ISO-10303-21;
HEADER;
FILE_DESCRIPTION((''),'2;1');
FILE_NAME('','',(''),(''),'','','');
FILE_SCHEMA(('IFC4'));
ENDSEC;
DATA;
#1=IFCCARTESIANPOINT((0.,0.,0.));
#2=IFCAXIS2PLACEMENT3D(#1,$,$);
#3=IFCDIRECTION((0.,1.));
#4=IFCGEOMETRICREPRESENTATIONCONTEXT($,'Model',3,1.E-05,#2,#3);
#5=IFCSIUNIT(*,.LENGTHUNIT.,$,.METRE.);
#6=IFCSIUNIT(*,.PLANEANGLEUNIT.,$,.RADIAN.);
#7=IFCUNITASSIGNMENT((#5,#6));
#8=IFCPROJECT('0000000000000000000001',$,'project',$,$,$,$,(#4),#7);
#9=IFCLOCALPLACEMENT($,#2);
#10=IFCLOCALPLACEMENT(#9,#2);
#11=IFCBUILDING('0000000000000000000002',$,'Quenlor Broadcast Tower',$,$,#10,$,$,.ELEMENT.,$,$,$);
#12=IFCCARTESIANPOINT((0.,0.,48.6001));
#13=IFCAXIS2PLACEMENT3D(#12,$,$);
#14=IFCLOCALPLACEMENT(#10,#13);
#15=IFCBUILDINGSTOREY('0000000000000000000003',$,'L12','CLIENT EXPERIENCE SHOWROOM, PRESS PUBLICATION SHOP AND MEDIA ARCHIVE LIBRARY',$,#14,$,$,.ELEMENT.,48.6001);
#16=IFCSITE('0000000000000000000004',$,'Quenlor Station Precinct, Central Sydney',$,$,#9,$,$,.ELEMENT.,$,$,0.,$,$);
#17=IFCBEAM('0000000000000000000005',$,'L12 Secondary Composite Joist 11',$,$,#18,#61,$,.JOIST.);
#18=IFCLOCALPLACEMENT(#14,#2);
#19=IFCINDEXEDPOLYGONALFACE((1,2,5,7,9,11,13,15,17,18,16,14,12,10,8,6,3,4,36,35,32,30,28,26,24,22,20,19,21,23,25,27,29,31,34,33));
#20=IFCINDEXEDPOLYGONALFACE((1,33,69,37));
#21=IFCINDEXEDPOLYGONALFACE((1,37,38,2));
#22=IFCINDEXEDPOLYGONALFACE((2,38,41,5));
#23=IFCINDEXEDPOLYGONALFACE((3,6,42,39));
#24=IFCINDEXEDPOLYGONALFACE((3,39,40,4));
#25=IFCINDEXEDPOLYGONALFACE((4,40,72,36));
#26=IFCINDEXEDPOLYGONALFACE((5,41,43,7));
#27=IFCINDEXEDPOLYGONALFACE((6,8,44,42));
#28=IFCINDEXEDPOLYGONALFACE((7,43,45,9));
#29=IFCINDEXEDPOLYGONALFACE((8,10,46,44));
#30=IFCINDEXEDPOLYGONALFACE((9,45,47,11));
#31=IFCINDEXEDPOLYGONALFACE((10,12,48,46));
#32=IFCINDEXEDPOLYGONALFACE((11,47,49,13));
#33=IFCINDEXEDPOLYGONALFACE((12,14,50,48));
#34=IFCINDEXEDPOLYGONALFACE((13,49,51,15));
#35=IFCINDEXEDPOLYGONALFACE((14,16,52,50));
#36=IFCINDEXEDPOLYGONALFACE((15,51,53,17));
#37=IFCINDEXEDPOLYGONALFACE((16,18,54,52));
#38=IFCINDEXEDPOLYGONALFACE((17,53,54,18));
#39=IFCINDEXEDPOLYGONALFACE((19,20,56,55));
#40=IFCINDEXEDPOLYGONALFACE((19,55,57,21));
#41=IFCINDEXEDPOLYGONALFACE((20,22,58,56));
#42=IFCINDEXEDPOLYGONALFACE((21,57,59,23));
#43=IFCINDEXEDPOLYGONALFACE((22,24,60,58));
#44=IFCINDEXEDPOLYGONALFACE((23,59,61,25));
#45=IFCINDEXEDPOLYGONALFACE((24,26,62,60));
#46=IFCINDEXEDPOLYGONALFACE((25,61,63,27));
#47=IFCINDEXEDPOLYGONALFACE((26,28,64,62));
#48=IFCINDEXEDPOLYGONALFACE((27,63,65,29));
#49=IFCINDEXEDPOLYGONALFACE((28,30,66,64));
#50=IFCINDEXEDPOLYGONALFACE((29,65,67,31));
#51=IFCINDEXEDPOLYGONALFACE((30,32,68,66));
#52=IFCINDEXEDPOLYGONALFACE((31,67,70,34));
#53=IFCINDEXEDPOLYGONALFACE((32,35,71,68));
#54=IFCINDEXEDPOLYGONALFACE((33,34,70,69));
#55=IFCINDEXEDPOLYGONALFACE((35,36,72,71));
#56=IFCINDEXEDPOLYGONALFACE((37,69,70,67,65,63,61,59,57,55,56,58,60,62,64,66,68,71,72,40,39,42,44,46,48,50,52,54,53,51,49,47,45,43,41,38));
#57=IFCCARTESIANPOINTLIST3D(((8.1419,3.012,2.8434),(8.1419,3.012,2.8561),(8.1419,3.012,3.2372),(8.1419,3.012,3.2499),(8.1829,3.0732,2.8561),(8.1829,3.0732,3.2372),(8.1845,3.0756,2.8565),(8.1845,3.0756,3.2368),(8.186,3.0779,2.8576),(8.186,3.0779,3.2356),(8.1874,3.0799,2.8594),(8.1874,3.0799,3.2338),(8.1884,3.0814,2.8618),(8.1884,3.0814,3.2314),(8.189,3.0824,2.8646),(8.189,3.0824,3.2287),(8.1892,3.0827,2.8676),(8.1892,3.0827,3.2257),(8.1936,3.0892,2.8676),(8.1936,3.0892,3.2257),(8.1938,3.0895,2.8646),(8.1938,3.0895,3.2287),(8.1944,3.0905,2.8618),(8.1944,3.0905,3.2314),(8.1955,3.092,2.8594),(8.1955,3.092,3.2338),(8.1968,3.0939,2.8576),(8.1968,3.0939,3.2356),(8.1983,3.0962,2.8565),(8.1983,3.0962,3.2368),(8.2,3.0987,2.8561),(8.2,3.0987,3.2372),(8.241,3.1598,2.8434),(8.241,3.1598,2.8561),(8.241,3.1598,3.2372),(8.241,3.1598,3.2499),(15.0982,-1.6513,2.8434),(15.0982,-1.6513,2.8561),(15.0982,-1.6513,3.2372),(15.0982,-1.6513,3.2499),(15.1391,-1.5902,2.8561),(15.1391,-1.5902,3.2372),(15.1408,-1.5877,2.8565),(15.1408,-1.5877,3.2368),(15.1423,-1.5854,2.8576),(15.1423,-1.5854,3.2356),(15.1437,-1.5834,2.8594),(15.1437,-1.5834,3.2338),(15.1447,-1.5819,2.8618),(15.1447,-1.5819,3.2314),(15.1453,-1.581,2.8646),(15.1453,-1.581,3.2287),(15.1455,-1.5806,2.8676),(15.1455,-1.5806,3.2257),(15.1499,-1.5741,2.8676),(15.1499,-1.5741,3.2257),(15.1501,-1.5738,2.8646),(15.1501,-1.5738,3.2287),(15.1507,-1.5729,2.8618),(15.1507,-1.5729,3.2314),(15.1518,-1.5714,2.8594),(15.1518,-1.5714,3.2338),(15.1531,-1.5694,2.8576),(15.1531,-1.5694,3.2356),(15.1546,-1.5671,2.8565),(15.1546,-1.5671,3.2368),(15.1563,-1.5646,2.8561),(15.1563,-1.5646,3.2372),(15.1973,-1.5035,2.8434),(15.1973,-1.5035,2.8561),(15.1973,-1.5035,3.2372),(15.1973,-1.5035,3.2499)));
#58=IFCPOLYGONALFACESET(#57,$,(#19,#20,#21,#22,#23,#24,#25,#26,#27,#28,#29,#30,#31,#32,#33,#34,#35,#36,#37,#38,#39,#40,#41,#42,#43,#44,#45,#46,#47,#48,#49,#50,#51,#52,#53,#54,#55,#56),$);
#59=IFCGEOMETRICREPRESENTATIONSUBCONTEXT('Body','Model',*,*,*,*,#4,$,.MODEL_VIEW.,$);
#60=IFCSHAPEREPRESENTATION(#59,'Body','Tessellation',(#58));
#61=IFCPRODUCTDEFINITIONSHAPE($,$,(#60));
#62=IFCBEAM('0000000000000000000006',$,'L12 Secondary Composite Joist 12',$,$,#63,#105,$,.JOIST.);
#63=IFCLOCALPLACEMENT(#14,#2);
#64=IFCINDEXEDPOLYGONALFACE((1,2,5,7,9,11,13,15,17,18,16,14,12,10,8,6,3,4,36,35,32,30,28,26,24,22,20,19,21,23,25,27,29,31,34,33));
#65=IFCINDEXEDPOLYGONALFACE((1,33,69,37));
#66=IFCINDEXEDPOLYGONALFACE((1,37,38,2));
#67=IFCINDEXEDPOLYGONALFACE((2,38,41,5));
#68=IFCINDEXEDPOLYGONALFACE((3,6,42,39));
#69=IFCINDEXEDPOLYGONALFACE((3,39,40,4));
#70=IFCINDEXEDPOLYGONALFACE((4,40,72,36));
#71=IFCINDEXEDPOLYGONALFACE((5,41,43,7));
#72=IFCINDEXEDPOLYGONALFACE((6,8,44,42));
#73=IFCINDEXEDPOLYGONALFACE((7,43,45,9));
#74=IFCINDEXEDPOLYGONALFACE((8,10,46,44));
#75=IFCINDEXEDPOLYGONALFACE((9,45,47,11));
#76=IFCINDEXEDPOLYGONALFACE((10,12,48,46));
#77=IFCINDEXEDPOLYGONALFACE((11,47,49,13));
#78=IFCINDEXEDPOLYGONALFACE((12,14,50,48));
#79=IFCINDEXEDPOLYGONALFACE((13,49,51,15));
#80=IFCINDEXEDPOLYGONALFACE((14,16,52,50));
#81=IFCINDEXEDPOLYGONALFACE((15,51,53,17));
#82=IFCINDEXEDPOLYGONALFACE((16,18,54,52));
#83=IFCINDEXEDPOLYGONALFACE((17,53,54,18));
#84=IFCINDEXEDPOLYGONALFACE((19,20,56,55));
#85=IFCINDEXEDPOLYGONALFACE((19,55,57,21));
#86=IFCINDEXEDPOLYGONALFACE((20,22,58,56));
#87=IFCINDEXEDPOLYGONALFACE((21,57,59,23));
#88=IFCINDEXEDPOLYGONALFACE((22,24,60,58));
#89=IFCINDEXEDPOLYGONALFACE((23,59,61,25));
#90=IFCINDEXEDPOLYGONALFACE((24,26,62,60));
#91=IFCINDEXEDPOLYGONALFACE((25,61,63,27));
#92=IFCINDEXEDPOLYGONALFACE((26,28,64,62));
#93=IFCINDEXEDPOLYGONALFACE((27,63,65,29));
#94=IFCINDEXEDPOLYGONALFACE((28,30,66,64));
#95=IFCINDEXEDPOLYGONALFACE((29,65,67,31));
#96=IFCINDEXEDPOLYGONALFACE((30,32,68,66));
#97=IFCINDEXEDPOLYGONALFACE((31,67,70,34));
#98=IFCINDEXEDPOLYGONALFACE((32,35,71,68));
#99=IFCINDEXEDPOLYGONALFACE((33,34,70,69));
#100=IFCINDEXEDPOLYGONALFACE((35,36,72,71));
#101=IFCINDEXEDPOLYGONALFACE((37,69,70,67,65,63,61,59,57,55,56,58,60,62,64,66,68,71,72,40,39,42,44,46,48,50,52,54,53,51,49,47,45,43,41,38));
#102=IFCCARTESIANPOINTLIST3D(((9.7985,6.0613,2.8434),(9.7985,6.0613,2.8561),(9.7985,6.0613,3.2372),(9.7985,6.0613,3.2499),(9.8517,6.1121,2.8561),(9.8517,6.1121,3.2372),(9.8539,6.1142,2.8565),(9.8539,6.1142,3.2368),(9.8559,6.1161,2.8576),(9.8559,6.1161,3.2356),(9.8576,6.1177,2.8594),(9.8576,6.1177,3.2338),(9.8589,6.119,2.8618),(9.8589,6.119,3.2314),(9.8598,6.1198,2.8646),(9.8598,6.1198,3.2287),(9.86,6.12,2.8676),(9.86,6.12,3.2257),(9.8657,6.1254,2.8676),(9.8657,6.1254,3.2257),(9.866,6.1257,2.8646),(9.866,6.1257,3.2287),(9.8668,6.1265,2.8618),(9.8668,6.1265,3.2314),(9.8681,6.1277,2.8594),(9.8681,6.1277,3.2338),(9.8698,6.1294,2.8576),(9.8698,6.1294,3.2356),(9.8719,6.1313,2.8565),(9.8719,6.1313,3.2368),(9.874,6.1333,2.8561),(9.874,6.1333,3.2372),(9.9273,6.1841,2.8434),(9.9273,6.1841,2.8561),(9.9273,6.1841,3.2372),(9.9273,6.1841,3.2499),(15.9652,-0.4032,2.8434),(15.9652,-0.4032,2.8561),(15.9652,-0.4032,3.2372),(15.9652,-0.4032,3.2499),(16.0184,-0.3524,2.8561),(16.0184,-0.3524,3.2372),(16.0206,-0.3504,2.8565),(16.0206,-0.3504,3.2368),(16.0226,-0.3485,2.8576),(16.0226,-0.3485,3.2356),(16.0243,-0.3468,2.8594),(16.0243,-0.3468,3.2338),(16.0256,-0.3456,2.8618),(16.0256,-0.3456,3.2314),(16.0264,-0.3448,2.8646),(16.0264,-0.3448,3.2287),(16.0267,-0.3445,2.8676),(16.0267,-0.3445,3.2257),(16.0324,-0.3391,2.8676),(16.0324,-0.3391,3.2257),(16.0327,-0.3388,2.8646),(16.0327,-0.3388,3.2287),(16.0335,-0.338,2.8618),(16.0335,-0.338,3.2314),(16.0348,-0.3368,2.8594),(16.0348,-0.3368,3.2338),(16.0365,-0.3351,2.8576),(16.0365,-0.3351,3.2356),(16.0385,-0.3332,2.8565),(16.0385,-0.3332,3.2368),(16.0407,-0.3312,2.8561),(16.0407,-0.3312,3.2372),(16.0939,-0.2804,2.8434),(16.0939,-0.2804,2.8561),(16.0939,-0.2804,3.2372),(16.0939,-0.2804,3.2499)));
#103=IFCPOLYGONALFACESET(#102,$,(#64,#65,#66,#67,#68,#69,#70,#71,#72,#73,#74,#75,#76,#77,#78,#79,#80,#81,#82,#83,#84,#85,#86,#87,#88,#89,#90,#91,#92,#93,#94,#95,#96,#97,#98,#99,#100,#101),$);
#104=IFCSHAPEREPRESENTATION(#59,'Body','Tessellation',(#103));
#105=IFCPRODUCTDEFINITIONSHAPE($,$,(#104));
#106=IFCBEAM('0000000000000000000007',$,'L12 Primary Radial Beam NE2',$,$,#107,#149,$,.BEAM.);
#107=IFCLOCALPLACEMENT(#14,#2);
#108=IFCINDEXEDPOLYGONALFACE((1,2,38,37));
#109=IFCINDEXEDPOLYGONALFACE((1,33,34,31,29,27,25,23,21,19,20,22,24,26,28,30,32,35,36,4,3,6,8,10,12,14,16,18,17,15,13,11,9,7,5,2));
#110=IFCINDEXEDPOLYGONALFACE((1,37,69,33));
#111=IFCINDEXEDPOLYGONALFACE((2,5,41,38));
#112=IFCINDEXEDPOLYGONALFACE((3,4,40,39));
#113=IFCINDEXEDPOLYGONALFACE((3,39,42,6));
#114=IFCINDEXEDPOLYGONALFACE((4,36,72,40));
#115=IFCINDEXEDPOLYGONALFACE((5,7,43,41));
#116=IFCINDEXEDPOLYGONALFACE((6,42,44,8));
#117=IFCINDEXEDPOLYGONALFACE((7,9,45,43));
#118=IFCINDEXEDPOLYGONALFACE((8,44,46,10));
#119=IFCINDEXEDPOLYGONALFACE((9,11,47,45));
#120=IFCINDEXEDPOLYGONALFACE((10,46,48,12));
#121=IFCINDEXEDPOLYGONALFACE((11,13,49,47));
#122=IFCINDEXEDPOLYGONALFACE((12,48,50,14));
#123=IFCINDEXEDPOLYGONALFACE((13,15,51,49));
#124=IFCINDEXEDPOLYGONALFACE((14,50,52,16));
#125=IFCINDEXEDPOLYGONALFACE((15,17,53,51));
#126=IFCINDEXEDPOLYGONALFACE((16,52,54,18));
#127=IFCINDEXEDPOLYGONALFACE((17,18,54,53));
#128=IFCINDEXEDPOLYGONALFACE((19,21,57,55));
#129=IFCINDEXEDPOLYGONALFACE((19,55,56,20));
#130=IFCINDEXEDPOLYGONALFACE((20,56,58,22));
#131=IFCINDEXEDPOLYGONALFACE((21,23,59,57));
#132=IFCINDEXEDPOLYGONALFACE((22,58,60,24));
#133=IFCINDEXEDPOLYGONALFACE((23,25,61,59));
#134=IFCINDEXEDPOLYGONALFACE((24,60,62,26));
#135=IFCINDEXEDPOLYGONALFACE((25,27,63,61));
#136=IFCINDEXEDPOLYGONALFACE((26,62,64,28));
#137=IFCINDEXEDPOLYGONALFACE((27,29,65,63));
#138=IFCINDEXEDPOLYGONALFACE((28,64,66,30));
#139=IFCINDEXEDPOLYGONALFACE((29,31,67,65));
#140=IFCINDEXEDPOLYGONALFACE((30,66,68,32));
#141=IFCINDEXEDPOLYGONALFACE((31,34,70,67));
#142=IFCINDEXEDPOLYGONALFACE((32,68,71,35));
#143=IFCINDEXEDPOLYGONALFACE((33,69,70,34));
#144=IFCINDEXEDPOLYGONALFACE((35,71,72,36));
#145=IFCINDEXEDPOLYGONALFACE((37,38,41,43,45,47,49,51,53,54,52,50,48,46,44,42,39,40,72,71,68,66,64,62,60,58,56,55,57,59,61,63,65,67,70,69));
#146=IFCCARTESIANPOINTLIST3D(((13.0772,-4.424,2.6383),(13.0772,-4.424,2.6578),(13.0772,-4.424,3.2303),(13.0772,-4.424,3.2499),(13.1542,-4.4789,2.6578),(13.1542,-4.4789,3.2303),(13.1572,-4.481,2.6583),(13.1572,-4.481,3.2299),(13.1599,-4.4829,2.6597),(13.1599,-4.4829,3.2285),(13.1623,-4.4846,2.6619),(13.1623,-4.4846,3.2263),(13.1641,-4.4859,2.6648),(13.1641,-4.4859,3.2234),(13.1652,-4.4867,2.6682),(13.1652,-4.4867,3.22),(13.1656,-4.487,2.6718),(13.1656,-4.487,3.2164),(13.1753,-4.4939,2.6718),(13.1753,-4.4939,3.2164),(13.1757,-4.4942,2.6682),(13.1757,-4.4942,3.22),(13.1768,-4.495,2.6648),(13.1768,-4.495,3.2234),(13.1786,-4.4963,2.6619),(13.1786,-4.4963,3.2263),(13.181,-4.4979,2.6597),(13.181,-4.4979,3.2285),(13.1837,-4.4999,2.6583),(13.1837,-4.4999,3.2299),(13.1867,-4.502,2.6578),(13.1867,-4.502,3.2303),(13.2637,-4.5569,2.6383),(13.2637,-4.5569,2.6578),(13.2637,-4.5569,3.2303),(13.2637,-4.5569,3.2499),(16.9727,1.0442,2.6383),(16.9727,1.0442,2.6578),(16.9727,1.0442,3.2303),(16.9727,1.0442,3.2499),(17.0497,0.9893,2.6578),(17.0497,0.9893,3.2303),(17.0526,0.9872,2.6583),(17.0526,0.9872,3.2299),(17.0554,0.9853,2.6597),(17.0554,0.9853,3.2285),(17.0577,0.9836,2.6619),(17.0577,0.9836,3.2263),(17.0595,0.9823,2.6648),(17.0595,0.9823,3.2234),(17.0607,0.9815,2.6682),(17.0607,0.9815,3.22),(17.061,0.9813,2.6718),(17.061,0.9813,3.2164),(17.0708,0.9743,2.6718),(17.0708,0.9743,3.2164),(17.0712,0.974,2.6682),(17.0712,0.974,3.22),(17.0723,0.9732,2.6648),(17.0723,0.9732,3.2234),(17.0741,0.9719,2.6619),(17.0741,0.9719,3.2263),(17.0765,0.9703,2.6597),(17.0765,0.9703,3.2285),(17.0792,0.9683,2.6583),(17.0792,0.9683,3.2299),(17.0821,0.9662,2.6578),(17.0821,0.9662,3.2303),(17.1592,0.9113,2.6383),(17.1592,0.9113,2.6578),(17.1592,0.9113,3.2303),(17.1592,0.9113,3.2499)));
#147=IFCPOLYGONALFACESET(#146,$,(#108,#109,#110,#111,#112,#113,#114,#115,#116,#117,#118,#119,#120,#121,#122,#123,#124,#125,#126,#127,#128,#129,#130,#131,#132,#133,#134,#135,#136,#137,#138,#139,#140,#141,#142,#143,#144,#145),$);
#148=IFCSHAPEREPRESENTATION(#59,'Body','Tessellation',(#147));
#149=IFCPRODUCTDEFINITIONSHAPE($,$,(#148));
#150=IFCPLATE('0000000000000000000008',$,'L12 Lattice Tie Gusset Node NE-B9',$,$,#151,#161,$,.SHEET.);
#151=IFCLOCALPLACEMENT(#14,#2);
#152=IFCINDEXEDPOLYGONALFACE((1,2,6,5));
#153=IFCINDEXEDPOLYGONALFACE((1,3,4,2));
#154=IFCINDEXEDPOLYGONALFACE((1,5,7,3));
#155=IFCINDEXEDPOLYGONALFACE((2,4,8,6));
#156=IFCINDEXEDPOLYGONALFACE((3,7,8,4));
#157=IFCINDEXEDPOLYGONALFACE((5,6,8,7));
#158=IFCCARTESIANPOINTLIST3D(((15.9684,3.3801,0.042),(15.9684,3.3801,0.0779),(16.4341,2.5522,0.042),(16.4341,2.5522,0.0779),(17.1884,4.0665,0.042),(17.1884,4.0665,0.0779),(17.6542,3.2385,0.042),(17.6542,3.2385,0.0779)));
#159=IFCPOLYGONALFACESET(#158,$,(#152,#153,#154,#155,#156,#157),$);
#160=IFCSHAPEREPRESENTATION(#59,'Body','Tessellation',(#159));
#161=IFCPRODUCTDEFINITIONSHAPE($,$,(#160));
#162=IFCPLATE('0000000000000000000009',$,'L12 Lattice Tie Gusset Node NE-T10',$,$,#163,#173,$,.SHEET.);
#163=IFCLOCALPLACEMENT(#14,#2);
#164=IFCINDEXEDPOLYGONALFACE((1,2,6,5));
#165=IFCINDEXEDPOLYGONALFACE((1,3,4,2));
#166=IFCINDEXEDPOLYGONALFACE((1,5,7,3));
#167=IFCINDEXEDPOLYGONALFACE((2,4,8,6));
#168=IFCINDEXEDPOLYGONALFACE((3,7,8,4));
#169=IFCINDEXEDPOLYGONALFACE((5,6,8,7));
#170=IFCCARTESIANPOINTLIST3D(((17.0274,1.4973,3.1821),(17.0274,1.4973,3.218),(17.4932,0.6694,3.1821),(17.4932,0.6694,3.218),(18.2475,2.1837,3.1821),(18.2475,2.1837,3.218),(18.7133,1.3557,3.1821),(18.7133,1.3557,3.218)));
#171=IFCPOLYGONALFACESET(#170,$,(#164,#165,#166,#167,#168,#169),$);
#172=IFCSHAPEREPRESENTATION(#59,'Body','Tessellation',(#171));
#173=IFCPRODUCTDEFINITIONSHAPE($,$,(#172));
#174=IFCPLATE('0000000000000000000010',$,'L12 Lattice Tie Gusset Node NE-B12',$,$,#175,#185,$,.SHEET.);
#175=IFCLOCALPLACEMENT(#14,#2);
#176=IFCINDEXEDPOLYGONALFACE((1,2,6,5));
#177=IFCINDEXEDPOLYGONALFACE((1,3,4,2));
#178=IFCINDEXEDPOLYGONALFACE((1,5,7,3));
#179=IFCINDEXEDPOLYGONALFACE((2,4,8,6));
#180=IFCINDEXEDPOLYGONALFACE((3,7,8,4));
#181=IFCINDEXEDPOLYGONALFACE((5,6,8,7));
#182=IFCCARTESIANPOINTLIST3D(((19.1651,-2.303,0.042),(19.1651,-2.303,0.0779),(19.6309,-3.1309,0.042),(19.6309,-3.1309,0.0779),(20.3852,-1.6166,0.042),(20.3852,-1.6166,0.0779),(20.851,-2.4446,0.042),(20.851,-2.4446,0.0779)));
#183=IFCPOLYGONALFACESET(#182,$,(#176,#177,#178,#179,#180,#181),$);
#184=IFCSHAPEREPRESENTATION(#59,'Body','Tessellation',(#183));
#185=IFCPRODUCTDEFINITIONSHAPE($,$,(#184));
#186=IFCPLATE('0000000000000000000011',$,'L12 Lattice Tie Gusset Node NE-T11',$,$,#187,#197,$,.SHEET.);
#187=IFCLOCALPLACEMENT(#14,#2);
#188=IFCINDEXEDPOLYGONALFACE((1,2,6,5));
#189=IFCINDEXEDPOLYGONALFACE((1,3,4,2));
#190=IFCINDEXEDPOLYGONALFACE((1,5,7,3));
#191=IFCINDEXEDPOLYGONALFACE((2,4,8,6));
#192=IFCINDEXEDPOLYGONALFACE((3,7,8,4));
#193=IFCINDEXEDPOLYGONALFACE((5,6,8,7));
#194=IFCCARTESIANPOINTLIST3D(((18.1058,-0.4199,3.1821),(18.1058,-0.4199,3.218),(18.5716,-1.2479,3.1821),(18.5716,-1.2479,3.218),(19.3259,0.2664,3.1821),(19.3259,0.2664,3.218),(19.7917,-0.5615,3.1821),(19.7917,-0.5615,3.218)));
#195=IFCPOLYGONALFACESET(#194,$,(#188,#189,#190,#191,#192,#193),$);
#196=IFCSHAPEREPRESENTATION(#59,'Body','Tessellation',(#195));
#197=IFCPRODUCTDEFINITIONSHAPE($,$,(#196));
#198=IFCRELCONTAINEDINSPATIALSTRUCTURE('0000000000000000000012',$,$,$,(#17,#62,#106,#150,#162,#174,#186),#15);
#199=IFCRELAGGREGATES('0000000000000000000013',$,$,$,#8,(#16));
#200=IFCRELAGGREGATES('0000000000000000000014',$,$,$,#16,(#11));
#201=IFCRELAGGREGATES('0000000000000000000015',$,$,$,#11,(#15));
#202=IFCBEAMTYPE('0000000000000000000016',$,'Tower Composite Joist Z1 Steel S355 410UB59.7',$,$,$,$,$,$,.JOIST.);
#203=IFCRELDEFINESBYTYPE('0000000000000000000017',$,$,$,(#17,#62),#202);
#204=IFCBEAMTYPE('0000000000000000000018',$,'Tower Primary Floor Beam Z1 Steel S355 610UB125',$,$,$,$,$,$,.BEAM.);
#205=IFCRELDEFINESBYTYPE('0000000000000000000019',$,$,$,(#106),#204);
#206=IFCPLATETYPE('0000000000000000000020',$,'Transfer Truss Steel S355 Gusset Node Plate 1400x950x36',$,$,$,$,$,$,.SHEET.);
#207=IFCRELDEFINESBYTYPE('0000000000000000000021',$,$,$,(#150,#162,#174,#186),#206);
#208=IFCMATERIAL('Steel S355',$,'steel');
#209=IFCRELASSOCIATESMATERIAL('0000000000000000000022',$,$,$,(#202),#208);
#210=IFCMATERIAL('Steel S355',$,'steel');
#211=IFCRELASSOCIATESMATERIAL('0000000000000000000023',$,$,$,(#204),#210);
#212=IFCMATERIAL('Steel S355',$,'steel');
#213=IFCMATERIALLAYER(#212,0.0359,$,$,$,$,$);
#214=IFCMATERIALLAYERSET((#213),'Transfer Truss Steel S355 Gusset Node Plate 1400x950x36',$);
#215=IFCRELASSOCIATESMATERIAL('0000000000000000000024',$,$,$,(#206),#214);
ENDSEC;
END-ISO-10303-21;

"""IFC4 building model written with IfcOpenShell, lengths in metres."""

from ifc_helpers import new_model, si_unit, direction, frame, origin, origin_2d, place, context, subcontext, project, spatial, rectangle, i_section, extrude, material, layer, layer_set, material_profile, profile_set, type_object, element, save


model = new_model("IFC4")

# Units and contexts
model_context = context("Model", 3, precision=1e-05, world=origin(), true_north=direction((0.0, 1.0)))
body_context = subcontext(model_context, "Body", "Model", "MODEL_VIEW")
ifc_project = project(units=[si_unit("LENGTHUNIT", "METRE"), si_unit("PLANEANGLEUNIT", "RADIAN")], contexts=[model_context])

# Site, building, storey
site_placement = place(None, origin())
site = spatial("IfcSite", under=ifc_project, at=site_placement, Name="Quenlor Station Precinct, Central Sydney", CompositionType="ELEMENT", RefElevation=0.0)
building_placement = place(site_placement, origin())
building = spatial("IfcBuilding", under=site, at=building_placement, Name="Quenlor Broadcast Tower", CompositionType="ELEMENT")
storey_placement = place(building_placement, frame((0.0, 0.0, 48.6001)))
storey = spatial("IfcBuildingStorey", under=building, at=storey_placement, Name="L12", Description="CLIENT EXPERIENCE SHOWROOM, PRESS PUBLICATION SHOP AND MEDIA ARCHIVE LIBRARY", CompositionType="ELEMENT", Elevation=48.6001)

# Beams
ifc_material_1 = material(Name="Steel S355", Category="steel")
ifc_material_profile_1 = material_profile(ifc_material_1, i_section(OverallWidth=0.178, OverallDepth=0.4065, WebThickness=0.0078, FlangeThickness=0.0127, FilletRadius=0.0115, at=origin_2d()))
ifc_profile_set_1 = profile_set([ifc_material_profile_1], Name="Steel S355 410UB59.7")
beam_type_1 = type_object("IfcBeamType", Name="Tower Composite Joist Z1 Steel S355 410UB59.7", PredefinedType="JOIST", material=ifc_profile_set_1)
beam_1_placement = place(storey_placement, frame((15.1477, -1.5774, 3.0466), z_axis=(-0.830626, 0.556831, 0.0), x_axis=(-0.556831, -0.830626, 0.0)))
element("IfcBeam", 1, at=beam_1_placement, inside=storey, type_object=beam_type_1, Name="L12 Secondary Composite Joist 11", PredefinedType="JOIST", context=body_context, shape_type="SweptSolid", body=[
    extrude(i_section(OverallWidth=0.178, OverallDepth=0.4065, WebThickness=0.0078, FlangeThickness=0.0127, FilletRadius=0.0115, at=origin_2d()), origin(), (0.0, 0.0, 1.0), 8.3748),
])
beam_2_placement = place(storey_placement, frame((16.0295, -0.3418, 3.0466), z_axis=(-0.690241, 0.723579, 0.0), x_axis=(-0.723579, -0.690241, 0.0)))
element("IfcBeam", 2, at=beam_2_placement, inside=storey, type_object=beam_type_1, Name="L12 Secondary Composite Joist 12", PredefinedType="JOIST", context=body_context, shape_type="SweptSolid", body=[
    extrude(i_section(OverallWidth=0.178, OverallDepth=0.4065, WebThickness=0.0078, FlangeThickness=0.0127, FilletRadius=0.0115, at=origin_2d()), origin(), (0.0, 0.0, 1.0), 8.9341),
])
ifc_material_2 = material(Name="Steel S355", Category="steel")
ifc_material_profile_2 = material_profile(ifc_material_2, i_section(OverallWidth=0.229, OverallDepth=0.6116, WebThickness=0.012, FlangeThickness=0.0195, FilletRadius=0.0139, at=origin_2d()))
ifc_profile_set_2 = profile_set([ifc_material_profile_2], Name="Steel S355 610UB125")
beam_type_2 = type_object("IfcBeamType", Name="Tower Primary Floor Beam Z1 Steel S355 610UB125", PredefinedType="BEAM", material=ifc_profile_set_2)
beam_3_placement = place(storey_placement, frame((17.0659, 0.9778, 2.9441), z_axis=(-0.580213, -0.814465, 0.0), x_axis=(0.814465, -0.580213, 0.0)))
element("IfcBeam", 3, at=beam_3_placement, inside=storey, type_object=beam_type_2, Name="L12 Primary Radial Beam NE2", PredefinedType="BEAM", context=body_context, shape_type="SweptSolid", body=[
    extrude(i_section(OverallWidth=0.229, OverallDepth=0.6116, WebThickness=0.012, FlangeThickness=0.0195, FilletRadius=0.0139, at=origin_2d()), origin(), (0.0, 0.0, 1.0), 6.7139),
])

# Plates
ifc_material_3 = material(Name="Steel S355", Category="steel")
ifc_layer_1 = layer(ifc_material_3, 0.0359)
ifc_layer_set_1 = layer_set([ifc_layer_1], Name="Transfer Truss Steel S355 Gusset Node Plate 1400x950x36")
plate_type = type_object("IfcPlateType", Name="Transfer Truss Steel S355 Gusset Node Plate 1400x950x36", PredefinedType="SHEET", material=ifc_layer_set_1)
for number, where, z_axis, x_axis, name in (
    (4, (16.8113, 3.3093, 0.042), (0.0, 0.0, 1.0), (0.871556, 0.490295, 0.0), "L12 Lattice Tie Gusset Node NE-B9"),
    (5, (17.8704, 1.4265, 3.1821), (0.0, 0.0, 1.0), (0.871556, 0.490295, 0.0), "L12 Lattice Tie Gusset Node NE-T10"),
    (6, (20.0081, -2.3738, 0.042), (0.0, 0.0, 1.0), (0.871556, 0.490295, 0.0), "L12 Lattice Tie Gusset Node NE-B12"),
    (7, (18.9487, -0.4907, 3.1821), (0.0, 0.0, 1.0), (0.871556, 0.490295, 0.0), "L12 Lattice Tie Gusset Node NE-T11"),
):
    element("IfcPlate", number, at=place(storey_placement, frame(where, z_axis=z_axis, x_axis=x_axis)), inside=storey, type_object=plate_type, Name=name, PredefinedType="SHEET", context=body_context, shape_type="SweptSolid", body=[
        extrude(rectangle(XDim=1.3999, YDim=0.95, at=origin_2d()), origin(), (0.0, 0.0, 1.0), 0.0359),
    ])

save(model, "model.ifc")
